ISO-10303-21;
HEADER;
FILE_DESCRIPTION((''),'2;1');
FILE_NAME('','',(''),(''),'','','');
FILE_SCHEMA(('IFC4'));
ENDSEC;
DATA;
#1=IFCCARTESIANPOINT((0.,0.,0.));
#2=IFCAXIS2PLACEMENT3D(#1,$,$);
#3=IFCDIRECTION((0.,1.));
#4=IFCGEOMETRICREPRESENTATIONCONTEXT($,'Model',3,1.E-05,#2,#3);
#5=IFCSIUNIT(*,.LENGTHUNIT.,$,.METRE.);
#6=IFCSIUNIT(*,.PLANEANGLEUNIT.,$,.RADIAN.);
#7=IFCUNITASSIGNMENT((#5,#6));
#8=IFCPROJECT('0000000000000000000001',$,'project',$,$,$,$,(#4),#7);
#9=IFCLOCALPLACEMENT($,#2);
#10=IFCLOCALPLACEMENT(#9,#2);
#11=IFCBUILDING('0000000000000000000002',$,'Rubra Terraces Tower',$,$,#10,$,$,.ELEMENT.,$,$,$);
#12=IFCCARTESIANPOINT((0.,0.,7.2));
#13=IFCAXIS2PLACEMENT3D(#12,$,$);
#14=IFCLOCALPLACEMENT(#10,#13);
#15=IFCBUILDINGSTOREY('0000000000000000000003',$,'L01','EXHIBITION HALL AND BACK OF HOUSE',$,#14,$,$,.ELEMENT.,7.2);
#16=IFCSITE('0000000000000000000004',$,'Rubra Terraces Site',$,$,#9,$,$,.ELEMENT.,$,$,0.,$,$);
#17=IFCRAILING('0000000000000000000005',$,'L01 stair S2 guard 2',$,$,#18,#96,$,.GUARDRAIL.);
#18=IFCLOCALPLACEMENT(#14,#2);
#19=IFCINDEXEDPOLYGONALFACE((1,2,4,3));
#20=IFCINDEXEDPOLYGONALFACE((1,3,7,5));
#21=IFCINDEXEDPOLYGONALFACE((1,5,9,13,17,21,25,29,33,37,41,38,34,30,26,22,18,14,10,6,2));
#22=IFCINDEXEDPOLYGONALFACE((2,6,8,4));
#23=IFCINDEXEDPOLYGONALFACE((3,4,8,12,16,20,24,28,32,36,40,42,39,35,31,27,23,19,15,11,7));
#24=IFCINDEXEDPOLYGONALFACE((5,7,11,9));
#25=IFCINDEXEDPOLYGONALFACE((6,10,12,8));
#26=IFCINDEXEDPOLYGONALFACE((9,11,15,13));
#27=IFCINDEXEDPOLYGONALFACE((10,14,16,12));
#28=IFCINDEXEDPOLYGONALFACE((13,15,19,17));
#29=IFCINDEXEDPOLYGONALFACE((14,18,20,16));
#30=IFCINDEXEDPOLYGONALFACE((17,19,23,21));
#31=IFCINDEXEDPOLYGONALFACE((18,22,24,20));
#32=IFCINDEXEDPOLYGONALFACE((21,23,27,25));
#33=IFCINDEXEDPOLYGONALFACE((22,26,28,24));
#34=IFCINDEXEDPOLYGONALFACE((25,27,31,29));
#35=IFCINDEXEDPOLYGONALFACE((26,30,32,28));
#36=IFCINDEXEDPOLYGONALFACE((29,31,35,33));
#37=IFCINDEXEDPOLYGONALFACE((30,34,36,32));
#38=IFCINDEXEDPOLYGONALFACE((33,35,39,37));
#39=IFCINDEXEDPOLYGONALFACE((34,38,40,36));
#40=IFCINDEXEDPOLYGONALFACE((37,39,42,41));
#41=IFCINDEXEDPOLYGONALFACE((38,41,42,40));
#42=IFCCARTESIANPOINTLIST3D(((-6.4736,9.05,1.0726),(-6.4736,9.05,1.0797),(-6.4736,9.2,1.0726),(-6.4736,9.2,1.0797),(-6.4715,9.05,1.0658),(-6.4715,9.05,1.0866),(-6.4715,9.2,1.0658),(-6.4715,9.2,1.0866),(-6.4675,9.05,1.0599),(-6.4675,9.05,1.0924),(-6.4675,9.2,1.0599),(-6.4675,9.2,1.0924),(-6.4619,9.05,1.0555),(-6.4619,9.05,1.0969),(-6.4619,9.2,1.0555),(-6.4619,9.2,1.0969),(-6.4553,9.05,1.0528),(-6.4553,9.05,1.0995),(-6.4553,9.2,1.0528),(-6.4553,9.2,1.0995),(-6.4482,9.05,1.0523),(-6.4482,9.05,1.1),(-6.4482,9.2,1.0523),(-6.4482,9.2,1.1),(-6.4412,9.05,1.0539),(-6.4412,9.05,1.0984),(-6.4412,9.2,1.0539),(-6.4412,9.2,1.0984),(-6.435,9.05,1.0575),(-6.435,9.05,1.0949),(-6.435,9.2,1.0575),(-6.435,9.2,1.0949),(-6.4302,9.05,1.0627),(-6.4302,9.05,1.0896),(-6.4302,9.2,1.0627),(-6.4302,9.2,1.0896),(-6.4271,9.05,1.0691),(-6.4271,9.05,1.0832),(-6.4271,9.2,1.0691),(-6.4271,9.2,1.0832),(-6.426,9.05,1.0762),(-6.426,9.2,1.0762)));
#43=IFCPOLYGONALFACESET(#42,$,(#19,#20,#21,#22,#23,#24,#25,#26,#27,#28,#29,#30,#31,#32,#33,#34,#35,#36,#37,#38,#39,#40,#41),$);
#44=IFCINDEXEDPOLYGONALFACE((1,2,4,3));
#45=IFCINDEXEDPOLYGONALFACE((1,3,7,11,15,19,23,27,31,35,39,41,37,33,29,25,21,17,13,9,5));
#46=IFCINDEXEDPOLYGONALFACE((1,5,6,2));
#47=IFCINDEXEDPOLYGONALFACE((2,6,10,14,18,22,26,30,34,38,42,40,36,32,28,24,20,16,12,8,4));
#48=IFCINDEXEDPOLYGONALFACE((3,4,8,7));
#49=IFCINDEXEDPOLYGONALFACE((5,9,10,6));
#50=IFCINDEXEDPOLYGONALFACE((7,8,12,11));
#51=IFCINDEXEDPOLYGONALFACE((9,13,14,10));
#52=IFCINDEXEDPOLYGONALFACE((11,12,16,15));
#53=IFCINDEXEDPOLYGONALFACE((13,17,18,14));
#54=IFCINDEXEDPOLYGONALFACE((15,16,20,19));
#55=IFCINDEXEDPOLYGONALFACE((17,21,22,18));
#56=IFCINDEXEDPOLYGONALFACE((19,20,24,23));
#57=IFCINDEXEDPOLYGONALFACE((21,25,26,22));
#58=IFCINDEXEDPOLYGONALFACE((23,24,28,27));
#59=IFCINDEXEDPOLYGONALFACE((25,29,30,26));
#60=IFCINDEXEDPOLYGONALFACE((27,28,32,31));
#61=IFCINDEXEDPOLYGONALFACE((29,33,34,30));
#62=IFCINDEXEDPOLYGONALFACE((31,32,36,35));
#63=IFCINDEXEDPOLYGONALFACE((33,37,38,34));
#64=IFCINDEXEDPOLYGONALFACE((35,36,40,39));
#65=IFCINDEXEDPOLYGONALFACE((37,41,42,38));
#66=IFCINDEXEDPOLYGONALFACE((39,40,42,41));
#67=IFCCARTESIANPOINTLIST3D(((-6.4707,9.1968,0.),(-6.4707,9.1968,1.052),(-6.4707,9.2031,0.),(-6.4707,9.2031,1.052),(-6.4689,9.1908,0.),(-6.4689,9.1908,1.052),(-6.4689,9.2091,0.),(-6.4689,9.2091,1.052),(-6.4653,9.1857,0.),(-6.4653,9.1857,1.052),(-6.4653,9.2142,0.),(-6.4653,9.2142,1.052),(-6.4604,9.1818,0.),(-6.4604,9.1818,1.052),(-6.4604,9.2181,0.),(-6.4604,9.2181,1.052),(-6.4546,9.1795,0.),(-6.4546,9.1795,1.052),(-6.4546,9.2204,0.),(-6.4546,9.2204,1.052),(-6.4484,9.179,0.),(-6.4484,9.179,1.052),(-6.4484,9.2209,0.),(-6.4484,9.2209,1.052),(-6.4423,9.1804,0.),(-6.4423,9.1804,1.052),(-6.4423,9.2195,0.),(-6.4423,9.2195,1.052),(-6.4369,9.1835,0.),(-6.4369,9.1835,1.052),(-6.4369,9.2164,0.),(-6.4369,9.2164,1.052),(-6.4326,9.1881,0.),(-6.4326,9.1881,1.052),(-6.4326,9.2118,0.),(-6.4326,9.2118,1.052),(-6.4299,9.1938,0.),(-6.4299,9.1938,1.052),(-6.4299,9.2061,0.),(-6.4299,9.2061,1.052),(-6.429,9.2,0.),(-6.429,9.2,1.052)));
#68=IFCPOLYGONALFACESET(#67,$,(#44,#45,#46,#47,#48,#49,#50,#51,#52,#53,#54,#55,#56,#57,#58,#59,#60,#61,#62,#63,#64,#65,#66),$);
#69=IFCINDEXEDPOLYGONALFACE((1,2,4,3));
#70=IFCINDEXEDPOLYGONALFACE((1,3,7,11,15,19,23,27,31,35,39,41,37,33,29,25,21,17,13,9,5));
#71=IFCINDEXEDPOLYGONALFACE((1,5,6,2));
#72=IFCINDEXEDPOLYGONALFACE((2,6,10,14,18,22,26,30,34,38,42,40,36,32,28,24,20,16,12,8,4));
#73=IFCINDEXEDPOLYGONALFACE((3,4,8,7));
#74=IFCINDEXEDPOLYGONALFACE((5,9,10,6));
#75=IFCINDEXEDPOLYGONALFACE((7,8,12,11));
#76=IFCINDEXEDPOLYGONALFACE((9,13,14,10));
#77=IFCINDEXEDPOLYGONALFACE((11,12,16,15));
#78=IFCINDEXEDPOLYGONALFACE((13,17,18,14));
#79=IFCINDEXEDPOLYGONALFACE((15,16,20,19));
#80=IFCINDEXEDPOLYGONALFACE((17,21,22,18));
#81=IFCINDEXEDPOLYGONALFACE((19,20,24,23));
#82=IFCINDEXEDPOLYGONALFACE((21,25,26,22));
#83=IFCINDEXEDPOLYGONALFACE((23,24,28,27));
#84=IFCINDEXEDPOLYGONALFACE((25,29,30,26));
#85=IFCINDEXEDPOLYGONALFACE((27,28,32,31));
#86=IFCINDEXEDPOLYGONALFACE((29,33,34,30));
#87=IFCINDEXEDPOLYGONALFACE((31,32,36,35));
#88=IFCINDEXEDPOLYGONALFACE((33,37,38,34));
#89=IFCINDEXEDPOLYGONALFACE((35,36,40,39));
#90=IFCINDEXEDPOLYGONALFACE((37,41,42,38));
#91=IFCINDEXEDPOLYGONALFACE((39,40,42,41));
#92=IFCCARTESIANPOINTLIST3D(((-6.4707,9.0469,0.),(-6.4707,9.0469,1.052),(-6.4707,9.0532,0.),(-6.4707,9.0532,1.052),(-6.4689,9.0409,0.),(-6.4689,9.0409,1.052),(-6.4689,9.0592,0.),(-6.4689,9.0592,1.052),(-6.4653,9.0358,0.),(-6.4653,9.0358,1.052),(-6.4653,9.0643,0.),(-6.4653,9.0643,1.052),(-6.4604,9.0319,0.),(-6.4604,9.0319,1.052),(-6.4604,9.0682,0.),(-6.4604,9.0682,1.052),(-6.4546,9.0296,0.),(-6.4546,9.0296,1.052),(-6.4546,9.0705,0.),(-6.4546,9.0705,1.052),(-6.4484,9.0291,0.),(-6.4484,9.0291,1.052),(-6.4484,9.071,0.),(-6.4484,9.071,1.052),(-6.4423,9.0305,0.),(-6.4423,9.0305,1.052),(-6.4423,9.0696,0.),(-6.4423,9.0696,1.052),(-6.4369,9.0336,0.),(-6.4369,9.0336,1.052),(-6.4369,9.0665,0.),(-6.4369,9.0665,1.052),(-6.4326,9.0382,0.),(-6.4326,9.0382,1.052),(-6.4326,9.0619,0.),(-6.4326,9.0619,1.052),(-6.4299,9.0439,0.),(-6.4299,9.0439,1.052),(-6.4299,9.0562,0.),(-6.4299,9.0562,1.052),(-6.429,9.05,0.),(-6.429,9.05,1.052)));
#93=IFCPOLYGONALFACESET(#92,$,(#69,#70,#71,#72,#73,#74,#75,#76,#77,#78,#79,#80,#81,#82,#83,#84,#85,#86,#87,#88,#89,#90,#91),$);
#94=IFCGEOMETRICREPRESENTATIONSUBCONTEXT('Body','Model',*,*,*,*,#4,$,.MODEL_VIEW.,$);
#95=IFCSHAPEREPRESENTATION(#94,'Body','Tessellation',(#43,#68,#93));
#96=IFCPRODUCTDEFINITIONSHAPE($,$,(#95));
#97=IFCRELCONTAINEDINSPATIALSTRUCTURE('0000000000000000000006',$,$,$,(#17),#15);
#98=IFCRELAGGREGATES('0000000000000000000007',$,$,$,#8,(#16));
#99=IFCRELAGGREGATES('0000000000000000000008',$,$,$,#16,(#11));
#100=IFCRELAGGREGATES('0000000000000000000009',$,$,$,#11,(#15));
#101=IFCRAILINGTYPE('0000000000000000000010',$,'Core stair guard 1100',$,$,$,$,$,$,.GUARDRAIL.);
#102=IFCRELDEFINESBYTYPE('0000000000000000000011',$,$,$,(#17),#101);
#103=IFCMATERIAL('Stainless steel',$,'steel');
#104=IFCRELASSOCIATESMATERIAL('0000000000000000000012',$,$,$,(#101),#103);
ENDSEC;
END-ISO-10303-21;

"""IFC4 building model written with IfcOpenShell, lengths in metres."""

from ifc_helpers import new_model, si_unit, direction, frame, origin, origin_2d, place, context, subcontext, project, spatial, circle, extrude, material, type_object, element, save


model = new_model("IFC4")

# Units and contexts
model_context = context("Model", 3, precision=1e-05, world=origin(), true_north=direction((0.0, 1.0)))
body_context = subcontext(model_context, "Body", "Model", "MODEL_VIEW")
ifc_project = project(units=[si_unit("LENGTHUNIT", "METRE"), si_unit("PLANEANGLEUNIT", "RADIAN")], contexts=[model_context])

# Site, building, storey
site_placement = place(None, origin())
site = spatial("IfcSite", under=ifc_project, at=site_placement, Name="Rubra Terraces Site", CompositionType="ELEMENT", RefElevation=0.0)
building_placement = place(site_placement, origin())
building = spatial("IfcBuilding", under=site, at=building_placement, Name="Rubra Terraces Tower", CompositionType="ELEMENT")
storey_placement = place(building_placement, frame((0.0, 0.0, 7.2)))
storey = spatial("IfcBuildingStorey", under=building, at=storey_placement, Name="L01", Description="EXHIBITION HALL AND BACK OF HOUSE", CompositionType="ELEMENT", Elevation=7.2)

# Shared definitions
ifc_material_1 = material(Name="Stainless steel", Category="steel")

# Railing
railing_type_1 = type_object("IfcRailingType", Name="Core stair guard 1100", PredefinedType="GUARDRAIL", material=ifc_material_1)
railing_1_placement = place(storey_placement, frame((-6.45, 9.2, 0.0)))
element("IfcRailing", 1, at=railing_1_placement, inside=storey, type_object=railing_type_1, Name="L01 stair S2 guard 2", PredefinedType="GUARDRAIL", context=body_context, shape_type="SweptSolid", body=[
    extrude(circle(Radius=0.0239, at=origin_2d()), frame((0.0, 0.0, 1.0762), z_axis=(0.0, -1.0, 0.0), x_axis=(1.0, 0.0, 0.0)), (0.0, 0.0, 1.0), 0.1499),
    extrude(circle(Radius=0.021, at=origin_2d()), origin(), (0.0, 0.0, 1.0), 1.052),
    extrude(circle(Radius=0.021, at=origin_2d()), frame((0.0, -0.1499, 0.0)), (0.0, 0.0, 1.0), 1.052),
])

save(model, "model.ifc")
